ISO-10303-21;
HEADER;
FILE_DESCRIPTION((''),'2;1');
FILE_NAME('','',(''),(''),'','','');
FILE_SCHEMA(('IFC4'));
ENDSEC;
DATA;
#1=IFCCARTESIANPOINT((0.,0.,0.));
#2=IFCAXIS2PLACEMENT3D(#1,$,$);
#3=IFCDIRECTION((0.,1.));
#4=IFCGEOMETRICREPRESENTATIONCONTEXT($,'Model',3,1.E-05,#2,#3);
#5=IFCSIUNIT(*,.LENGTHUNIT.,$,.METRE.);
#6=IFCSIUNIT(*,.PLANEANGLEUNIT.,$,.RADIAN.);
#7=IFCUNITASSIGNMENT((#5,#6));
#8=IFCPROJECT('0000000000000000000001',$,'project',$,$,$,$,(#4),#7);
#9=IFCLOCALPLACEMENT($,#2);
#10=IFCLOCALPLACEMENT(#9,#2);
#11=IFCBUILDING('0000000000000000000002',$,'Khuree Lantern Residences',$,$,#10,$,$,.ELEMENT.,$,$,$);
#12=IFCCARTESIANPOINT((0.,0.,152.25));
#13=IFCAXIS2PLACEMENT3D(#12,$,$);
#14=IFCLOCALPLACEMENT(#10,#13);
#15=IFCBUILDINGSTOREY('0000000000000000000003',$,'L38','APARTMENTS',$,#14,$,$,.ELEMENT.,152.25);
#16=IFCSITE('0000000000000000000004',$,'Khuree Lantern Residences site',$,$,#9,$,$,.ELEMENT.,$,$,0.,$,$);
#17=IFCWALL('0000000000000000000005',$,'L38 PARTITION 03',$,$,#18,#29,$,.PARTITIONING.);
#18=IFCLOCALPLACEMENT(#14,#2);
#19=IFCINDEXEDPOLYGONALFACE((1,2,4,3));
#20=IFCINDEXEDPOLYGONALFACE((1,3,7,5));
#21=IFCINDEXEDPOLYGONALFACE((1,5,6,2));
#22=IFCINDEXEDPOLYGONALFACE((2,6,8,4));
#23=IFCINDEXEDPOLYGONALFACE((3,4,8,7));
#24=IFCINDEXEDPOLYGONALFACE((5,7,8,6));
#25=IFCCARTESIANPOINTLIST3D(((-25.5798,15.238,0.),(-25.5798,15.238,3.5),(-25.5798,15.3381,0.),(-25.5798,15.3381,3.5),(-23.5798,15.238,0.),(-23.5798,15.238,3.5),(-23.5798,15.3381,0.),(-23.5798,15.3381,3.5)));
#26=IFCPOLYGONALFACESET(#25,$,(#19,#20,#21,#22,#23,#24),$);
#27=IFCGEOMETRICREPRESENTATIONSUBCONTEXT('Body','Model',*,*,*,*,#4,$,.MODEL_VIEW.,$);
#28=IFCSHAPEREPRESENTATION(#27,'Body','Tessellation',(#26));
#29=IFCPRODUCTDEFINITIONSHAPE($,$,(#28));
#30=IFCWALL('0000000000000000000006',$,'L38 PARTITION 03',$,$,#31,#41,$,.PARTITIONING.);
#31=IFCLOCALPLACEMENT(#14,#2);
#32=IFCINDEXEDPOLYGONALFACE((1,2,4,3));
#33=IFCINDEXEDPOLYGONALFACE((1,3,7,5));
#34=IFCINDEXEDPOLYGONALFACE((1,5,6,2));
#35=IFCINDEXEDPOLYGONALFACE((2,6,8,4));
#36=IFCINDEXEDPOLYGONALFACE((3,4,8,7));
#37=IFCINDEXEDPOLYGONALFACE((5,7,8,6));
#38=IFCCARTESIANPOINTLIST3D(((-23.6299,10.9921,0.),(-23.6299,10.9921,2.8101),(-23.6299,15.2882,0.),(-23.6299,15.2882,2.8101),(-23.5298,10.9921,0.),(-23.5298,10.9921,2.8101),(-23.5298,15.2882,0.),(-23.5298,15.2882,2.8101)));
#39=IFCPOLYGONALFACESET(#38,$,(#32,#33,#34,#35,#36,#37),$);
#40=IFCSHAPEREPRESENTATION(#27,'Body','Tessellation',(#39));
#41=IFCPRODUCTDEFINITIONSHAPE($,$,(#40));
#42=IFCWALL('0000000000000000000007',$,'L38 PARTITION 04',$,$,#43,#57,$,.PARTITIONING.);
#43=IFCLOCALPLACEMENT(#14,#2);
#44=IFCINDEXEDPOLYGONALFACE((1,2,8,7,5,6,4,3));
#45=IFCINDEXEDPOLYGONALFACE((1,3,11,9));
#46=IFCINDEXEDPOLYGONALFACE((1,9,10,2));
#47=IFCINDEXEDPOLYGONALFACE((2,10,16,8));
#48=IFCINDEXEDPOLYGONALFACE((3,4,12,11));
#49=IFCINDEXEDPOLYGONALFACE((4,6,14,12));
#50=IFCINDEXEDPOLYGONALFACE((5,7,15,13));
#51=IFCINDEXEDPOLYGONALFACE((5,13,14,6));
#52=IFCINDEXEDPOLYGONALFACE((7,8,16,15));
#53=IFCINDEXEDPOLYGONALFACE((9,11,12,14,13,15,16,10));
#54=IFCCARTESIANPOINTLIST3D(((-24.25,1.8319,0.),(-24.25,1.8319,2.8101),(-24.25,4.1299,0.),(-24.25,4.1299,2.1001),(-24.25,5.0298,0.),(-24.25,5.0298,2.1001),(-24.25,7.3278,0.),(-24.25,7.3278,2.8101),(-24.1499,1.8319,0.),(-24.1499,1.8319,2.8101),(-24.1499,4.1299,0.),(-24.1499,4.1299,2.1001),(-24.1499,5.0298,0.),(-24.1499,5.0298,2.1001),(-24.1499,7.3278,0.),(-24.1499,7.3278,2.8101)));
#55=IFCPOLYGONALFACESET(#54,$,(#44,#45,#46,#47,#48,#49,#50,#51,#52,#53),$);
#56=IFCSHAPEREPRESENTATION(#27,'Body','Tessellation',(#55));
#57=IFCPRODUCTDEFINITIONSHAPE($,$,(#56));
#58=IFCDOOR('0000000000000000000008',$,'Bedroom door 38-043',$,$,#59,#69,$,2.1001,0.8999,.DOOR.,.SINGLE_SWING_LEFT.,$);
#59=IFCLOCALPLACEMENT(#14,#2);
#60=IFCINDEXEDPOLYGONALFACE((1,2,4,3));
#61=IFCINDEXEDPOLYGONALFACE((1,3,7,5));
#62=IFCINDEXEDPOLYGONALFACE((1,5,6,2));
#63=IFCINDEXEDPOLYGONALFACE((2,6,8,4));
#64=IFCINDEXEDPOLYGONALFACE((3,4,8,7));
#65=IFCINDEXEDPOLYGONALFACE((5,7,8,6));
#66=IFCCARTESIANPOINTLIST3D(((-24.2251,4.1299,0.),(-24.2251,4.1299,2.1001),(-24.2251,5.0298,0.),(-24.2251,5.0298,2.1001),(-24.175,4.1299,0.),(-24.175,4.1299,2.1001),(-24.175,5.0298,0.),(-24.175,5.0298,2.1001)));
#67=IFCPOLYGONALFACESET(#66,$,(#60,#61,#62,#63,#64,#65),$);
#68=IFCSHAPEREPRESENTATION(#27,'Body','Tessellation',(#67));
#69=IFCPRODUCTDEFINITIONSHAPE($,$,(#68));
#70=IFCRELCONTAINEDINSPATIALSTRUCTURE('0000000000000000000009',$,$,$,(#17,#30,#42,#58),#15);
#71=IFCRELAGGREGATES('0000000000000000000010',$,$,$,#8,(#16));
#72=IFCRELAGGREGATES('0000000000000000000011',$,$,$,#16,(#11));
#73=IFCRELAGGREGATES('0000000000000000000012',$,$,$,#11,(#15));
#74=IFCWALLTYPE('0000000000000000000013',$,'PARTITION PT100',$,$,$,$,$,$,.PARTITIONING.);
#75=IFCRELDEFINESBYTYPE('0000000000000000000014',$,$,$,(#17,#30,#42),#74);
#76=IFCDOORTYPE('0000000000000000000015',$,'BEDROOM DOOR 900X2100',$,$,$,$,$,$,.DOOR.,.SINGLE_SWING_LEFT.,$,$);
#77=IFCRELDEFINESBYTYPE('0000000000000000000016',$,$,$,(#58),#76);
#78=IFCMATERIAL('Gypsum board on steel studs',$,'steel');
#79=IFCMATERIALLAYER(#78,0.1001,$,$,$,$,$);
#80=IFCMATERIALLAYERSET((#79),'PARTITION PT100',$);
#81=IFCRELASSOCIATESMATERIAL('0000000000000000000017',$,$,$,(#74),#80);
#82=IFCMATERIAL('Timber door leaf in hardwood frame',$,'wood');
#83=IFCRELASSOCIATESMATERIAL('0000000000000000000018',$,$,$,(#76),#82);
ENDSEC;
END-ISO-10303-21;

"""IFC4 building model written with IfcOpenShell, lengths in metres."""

from ifc_helpers import new_model, si_unit, direction, frame, frame_2d, origin, place, context, subcontext, project, spatial, rectangle, extrude, material, layer, layer_set, type_object, element, fill, save


model = new_model("IFC4")

# Units and contexts
model_context = context("Model", 3, precision=1e-05, world=origin(), true_north=direction((0.0, 1.0)))
body_context = subcontext(model_context, "Body", "Model", "MODEL_VIEW")
ifc_project = project(units=[si_unit("LENGTHUNIT", "METRE"), si_unit("PLANEANGLEUNIT", "RADIAN")], contexts=[model_context])

# Site, building, storey
site_placement = place(None, origin())
site = spatial("IfcSite", under=ifc_project, at=site_placement, Name="Khuree Lantern Residences site", CompositionType="ELEMENT", RefElevation=0.0)
building_placement = place(site_placement, origin())
building = spatial("IfcBuilding", under=site, at=building_placement, Name="Khuree Lantern Residences", CompositionType="ELEMENT")
storey_placement = place(building_placement, frame((0.0, 0.0, 152.25)))
storey = spatial("IfcBuildingStorey", under=building, at=storey_placement, Name="L38", Description="APARTMENTS", CompositionType="ELEMENT", Elevation=152.25)

# Shared definitions
ifc_material_1 = material(Name="Timber door leaf in hardwood frame", Category="wood")

# Walls
ifc_material_2 = material(Name="Gypsum board on steel studs", Category="steel")
ifc_layer_1 = layer(ifc_material_2, 0.1001)
ifc_layer_set_1 = layer_set([ifc_layer_1], Name="PARTITION PT100")
wall_type_1 = type_object("IfcWallType", Name="PARTITION PT100", PredefinedType="PARTITIONING", material=ifc_layer_set_1)
wall_1_placement = place(storey_placement, frame((-23.5798, 15.2881, 0.0), z_axis=(0.0, 0.0, 1.0), x_axis=(-1.0, 0.0, 0.0)))
element("IfcWall", 1, at=wall_1_placement, inside=storey, type_object=wall_type_1, Name="L38 PARTITION 03", PredefinedType="PARTITIONING", context=body_context, shape_type="SweptSolid", body=[
    extrude(rectangle(XDim=2.0, YDim=0.1001, at=frame_2d((1.0, 0.0))), origin(), (0.0, 0.0, 1.0), 3.5),
])
wall_2_placement = place(storey_placement, frame((-23.5798, 15.2881, 0.0), z_axis=(0.0, 0.0, 1.0), x_axis=(0.0, -1.0, 0.0)))
element("IfcWall", 2, at=wall_2_placement, inside=storey, type_object=wall_type_1, Name="L38 PARTITION 03", PredefinedType="PARTITIONING", context=body_context, shape_type="SweptSolid", body=[
    extrude(rectangle(XDim=4.2961, YDim=0.1001, at=frame_2d((2.1479, 0.0))), origin(), (0.0, 0.0, 1.0), 2.8101),
])

# Wall, opening, door
wall_3_placement = place(storey_placement, frame((-24.2, 7.3279, 0.0), z_axis=(0.0, 0.0, 1.0), x_axis=(0.0, -1.0, 0.0)))
wall_3 = element("IfcWall", 3, at=wall_3_placement, inside=storey, type_object=wall_type_1, Name="L38 PARTITION 04", PredefinedType="PARTITIONING", context=body_context, shape_type="SweptSolid", body=[
    extrude(rectangle(XDim=5.4958, YDim=0.1001, at=frame_2d((2.748, 0.0))), origin(), (0.0, 0.0, 1.0), 2.8101),
])
opening_1_placement = place(wall_3_placement, frame((2.2981, 0.0, 0.0)))
opening_1 = element("IfcOpeningElement", 4, at=opening_1_placement, cuts=wall_3, PredefinedType="OPENING", context=body_context, shape_type="SweptSolid", body=[
    extrude(rectangle(XDim=0.8999, YDim=2.1001, at=frame_2d((0.45, 1.05))), frame((0.0, 0.0601, 0.0), z_axis=(0.0, -1.0, 0.0), x_axis=(1.0, 0.0, 0.0)), (0.0, 0.0, 1.0), 0.1201),
])
door_type_1 = type_object("IfcDoorType", Name="BEDROOM DOOR 900X2100", OperationType="SINGLE_SWING_LEFT", PredefinedType="DOOR", material=ifc_material_1)
door_1_placement = place(opening_1_placement, origin())
door_1 = element("IfcDoor", 5, at=door_1_placement, inside=storey, type_object=door_type_1, Name="Bedroom door 38-043", OperationType="SINGLE_SWING_LEFT", OverallHeight=2.1001, OverallWidth=0.8999, PredefinedType="DOOR", context=body_context, shape_type="SweptSolid", body=[
    extrude(rectangle(XDim=0.8999, YDim=2.1001, at=frame_2d((0.45, 1.05))), frame((0.0, 0.0249, 0.0), z_axis=(0.0, -1.0, 0.0), x_axis=(1.0, 0.0, 0.0)), (0.0, 0.0, 1.0), 0.05),
])
fill(opening_1, door_1)

save(model, "model.ifc")
